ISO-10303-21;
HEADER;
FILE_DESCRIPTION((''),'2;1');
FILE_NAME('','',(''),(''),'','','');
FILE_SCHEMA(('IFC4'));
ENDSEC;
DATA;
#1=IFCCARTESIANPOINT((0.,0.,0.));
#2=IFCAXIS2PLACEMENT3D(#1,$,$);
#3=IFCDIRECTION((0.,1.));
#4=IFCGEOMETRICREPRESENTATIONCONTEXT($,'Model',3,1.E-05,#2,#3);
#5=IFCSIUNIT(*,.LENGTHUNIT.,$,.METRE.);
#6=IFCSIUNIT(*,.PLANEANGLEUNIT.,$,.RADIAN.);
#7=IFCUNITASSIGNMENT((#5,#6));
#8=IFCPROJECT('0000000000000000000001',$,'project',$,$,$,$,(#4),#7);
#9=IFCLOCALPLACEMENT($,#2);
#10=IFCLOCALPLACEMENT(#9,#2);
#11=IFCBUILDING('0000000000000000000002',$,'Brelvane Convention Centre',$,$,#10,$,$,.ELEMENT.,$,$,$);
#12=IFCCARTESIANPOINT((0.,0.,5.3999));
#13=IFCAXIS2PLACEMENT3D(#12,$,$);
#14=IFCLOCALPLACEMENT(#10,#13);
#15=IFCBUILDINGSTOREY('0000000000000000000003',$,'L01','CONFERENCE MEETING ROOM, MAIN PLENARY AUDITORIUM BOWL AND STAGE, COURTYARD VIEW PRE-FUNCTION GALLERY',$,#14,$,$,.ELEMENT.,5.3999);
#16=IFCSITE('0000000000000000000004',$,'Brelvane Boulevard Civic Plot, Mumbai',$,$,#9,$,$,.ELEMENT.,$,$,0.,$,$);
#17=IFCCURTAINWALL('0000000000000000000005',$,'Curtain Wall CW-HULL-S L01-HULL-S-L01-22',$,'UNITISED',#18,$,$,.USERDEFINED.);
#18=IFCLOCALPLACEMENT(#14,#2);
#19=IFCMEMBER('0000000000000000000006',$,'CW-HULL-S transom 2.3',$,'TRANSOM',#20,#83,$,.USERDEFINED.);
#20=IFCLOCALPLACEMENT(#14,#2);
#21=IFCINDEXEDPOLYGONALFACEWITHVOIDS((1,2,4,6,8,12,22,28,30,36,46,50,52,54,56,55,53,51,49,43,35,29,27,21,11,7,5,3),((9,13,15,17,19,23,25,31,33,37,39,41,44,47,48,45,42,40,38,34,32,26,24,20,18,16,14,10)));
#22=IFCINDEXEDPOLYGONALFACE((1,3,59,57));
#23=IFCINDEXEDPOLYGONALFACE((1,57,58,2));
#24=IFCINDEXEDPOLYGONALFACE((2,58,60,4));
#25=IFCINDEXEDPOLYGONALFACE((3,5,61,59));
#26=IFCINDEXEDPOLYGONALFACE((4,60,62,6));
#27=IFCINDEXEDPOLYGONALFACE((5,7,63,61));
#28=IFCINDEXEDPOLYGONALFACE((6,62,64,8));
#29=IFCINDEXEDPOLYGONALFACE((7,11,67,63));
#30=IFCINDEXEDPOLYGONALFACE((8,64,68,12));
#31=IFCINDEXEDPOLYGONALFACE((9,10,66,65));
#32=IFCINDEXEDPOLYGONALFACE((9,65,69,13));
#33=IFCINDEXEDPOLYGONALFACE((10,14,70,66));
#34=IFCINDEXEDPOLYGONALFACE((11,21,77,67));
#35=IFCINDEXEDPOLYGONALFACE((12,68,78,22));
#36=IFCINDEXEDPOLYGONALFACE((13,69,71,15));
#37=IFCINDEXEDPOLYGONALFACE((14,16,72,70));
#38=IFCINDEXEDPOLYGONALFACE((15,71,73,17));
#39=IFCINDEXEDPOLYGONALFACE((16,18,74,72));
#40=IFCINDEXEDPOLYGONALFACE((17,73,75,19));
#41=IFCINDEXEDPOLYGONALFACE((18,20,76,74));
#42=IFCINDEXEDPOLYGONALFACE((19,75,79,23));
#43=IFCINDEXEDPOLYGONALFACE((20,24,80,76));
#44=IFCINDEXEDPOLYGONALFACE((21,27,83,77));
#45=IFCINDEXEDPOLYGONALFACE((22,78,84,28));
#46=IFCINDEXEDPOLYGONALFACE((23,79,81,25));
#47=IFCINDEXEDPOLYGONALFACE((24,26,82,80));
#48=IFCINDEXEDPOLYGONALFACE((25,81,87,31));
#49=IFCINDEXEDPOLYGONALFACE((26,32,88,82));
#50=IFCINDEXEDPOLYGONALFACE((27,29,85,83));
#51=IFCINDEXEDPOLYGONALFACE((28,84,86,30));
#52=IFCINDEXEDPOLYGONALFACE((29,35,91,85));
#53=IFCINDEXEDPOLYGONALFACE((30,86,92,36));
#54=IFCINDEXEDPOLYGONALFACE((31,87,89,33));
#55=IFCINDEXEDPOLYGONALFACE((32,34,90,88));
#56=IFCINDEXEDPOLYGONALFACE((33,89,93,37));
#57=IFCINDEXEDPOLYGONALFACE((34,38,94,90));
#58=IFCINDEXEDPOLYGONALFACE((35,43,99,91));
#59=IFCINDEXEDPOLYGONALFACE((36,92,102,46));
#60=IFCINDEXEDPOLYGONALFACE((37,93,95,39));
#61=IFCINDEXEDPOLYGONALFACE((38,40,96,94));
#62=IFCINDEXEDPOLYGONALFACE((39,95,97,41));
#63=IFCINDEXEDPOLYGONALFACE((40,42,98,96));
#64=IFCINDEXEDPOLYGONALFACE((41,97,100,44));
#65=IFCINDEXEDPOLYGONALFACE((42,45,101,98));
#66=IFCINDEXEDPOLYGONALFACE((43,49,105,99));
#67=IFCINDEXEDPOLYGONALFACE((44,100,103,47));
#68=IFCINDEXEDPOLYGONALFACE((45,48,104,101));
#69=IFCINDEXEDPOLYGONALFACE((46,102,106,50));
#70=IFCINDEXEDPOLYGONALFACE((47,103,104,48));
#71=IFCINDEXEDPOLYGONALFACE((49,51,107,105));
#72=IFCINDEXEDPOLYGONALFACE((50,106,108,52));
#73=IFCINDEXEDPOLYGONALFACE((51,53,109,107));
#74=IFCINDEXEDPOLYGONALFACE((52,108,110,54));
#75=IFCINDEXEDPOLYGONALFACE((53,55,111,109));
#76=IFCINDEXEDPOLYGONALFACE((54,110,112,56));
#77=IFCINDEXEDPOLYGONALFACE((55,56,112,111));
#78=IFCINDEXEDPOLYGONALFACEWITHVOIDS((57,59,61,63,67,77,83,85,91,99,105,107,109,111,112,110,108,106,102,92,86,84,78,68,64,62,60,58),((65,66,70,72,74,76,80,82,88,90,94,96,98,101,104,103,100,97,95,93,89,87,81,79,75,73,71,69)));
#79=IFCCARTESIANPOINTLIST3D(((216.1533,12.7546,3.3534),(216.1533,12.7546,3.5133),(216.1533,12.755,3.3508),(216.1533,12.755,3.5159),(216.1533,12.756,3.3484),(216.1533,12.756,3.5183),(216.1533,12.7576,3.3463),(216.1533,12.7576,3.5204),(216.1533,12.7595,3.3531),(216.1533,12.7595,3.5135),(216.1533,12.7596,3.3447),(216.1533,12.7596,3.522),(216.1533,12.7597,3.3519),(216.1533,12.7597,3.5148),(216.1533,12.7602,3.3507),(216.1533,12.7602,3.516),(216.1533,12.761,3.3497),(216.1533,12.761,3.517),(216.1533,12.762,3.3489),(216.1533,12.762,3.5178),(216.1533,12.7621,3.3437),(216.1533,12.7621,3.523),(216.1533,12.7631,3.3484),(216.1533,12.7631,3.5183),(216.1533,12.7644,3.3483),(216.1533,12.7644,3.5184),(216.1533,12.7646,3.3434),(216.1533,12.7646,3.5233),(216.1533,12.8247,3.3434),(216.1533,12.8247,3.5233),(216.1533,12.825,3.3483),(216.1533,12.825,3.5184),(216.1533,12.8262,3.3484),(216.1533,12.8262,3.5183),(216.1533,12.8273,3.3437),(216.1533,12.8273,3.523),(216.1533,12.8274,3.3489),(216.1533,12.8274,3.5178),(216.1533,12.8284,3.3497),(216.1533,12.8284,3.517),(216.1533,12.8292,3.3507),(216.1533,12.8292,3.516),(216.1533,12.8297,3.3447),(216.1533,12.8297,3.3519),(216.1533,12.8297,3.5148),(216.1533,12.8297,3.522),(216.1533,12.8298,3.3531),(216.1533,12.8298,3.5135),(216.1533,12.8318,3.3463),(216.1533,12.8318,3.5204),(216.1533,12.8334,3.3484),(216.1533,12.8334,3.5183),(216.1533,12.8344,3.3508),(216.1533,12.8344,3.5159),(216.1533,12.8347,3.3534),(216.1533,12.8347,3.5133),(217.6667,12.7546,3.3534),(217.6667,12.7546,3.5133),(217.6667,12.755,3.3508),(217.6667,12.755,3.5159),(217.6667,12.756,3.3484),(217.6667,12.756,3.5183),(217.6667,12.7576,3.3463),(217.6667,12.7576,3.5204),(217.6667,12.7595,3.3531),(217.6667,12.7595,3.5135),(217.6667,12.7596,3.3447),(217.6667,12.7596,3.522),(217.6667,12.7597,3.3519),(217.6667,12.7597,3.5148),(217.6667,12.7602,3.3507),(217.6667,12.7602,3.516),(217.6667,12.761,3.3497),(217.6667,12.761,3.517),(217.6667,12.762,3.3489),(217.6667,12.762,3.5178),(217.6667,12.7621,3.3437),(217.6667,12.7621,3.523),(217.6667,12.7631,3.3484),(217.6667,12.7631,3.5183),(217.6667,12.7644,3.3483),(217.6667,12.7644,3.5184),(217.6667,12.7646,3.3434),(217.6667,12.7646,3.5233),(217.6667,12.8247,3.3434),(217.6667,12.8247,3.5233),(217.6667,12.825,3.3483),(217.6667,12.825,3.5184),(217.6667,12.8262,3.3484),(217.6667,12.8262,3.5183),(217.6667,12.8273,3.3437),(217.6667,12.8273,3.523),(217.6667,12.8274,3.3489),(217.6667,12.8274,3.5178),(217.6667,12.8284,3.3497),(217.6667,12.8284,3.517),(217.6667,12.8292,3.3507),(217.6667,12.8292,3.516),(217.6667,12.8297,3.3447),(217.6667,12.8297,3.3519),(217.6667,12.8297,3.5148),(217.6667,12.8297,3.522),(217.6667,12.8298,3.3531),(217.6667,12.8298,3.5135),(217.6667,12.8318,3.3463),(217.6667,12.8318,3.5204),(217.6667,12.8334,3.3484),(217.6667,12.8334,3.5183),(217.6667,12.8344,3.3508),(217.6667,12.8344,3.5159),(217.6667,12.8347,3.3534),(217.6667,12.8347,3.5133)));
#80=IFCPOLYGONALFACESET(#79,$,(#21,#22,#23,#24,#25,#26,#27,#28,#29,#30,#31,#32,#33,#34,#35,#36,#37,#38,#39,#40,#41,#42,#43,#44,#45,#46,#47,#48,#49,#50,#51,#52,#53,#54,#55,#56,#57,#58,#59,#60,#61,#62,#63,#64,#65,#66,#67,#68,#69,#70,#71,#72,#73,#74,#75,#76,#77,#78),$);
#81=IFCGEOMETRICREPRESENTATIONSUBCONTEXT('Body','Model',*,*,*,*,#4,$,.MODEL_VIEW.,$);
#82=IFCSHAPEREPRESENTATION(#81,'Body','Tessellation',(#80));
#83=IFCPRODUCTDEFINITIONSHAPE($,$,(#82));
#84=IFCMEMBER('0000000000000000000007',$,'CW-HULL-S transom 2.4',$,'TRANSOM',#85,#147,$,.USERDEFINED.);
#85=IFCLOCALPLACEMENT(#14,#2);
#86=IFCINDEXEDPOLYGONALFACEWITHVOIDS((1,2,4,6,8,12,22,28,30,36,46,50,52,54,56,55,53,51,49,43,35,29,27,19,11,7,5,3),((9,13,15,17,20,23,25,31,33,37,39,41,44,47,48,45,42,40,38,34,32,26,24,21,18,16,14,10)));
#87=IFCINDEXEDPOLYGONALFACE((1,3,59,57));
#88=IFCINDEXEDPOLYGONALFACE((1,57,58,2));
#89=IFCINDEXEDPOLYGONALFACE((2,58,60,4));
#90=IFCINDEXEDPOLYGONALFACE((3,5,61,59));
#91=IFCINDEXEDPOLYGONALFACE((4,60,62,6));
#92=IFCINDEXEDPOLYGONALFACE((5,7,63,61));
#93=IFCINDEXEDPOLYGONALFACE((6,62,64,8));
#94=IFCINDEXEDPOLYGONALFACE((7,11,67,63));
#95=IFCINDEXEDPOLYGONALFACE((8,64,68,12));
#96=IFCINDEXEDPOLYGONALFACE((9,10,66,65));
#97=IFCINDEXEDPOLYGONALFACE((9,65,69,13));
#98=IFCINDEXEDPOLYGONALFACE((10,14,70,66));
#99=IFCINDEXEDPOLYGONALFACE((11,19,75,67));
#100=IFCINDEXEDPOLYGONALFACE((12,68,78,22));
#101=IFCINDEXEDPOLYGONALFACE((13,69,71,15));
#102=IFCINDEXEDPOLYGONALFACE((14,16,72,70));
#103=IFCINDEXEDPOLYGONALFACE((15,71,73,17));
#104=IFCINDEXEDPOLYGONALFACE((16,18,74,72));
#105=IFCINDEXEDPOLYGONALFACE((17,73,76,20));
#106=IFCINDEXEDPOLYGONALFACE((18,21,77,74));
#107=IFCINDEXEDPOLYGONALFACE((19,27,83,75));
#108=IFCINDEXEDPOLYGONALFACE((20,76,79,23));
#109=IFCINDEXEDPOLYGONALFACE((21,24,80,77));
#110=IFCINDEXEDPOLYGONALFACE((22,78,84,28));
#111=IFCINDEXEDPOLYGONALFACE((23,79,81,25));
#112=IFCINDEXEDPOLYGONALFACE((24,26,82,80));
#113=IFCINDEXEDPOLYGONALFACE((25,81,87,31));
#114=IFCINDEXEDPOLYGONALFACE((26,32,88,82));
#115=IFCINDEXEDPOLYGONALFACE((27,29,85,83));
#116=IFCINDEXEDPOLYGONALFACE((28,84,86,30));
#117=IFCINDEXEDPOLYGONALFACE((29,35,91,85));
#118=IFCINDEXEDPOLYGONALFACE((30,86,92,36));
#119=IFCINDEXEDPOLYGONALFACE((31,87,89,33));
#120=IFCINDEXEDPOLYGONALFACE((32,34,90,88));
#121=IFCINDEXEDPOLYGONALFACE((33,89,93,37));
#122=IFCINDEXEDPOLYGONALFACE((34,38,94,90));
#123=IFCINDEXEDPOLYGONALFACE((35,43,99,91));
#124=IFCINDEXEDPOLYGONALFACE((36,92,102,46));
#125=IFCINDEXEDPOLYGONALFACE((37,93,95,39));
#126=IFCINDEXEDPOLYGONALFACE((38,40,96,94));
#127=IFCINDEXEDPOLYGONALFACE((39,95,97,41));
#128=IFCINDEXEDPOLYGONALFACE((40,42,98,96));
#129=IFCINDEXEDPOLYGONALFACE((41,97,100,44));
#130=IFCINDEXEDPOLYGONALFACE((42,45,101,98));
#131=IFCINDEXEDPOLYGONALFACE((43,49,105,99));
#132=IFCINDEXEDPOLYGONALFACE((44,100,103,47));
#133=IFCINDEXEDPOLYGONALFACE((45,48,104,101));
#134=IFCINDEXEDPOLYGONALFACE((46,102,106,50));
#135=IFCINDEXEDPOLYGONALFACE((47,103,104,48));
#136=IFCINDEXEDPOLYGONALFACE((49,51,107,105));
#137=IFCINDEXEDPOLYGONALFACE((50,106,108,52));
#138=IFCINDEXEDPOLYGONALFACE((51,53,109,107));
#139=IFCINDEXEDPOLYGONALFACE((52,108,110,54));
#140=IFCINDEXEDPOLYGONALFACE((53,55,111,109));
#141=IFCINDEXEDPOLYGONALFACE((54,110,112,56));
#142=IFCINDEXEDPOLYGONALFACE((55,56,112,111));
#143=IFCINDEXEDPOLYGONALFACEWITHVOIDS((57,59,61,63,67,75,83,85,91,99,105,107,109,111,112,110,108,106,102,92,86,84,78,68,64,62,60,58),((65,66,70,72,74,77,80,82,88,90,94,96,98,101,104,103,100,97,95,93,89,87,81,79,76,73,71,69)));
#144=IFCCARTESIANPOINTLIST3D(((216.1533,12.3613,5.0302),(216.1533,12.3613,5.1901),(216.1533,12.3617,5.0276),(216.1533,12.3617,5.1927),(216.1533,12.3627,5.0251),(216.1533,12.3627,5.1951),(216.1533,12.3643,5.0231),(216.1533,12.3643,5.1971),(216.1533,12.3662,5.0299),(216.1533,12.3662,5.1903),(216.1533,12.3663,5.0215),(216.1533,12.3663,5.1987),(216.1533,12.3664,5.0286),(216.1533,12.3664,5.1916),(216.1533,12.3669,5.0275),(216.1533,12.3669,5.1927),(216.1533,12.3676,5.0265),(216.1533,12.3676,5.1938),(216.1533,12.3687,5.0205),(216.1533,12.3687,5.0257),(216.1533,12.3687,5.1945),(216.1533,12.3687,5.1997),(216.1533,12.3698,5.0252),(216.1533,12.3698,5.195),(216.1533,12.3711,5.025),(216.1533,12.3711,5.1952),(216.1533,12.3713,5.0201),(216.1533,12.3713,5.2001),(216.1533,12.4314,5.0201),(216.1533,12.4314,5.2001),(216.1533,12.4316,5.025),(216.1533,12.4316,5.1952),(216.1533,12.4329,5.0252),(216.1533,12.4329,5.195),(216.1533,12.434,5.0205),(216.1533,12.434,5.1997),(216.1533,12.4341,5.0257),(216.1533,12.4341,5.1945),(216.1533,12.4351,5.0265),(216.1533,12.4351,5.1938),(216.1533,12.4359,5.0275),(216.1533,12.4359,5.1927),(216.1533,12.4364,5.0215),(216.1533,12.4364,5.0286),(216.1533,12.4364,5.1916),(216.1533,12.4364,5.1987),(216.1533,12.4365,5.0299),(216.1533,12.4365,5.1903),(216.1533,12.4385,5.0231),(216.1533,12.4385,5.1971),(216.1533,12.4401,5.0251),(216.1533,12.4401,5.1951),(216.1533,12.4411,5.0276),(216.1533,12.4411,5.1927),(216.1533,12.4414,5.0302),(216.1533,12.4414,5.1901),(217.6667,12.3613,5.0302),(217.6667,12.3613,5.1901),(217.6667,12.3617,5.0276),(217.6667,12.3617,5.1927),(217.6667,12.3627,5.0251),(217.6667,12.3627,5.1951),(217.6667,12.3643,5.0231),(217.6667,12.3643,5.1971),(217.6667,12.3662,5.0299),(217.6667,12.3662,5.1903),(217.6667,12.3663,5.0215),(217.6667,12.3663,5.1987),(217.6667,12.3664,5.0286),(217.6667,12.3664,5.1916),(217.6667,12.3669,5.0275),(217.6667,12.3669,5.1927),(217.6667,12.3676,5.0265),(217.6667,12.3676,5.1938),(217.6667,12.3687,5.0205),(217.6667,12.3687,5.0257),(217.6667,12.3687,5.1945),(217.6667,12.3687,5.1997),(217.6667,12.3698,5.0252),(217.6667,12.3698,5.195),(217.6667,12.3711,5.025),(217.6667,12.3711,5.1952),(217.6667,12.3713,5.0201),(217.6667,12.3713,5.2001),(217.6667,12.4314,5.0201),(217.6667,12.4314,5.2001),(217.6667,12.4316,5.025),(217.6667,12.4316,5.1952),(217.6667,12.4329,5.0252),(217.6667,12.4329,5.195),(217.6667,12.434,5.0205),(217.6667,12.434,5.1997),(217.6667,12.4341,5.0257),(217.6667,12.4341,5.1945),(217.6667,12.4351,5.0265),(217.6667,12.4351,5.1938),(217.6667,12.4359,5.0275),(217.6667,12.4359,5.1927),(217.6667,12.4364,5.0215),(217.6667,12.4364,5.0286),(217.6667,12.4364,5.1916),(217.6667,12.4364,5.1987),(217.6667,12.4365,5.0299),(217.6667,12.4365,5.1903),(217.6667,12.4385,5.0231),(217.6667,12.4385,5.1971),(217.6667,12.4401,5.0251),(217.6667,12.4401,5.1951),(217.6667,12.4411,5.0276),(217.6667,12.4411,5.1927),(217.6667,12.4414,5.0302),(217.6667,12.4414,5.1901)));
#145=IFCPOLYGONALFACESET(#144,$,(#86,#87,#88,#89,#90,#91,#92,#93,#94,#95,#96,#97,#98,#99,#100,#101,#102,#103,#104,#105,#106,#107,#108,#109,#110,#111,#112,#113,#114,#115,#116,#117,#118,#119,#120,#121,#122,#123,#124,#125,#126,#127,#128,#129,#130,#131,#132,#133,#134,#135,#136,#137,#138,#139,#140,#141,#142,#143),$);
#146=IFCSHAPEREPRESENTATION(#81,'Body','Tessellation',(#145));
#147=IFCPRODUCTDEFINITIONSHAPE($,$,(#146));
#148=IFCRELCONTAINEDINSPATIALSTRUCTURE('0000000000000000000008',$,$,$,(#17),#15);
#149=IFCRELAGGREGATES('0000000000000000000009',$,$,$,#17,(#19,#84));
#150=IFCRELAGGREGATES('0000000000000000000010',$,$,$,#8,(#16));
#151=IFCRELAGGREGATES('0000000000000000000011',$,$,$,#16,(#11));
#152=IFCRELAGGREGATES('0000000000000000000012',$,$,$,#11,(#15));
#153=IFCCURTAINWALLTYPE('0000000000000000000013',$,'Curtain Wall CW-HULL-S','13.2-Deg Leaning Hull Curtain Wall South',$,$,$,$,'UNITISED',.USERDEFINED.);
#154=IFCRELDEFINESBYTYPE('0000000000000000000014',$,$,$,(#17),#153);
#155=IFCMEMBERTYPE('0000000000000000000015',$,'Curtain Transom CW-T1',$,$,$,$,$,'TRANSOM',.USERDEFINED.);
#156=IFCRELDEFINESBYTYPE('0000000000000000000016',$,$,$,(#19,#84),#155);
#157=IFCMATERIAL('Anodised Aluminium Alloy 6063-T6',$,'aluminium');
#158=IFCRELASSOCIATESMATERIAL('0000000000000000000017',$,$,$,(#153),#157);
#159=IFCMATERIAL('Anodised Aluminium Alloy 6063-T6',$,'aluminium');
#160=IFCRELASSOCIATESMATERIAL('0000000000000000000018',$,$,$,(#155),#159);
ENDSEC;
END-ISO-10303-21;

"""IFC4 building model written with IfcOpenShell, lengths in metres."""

from ifc_helpers import new_model, si_unit, direction, frame, origin, origin_2d, place, context, subcontext, project, spatial, hollow_rectangle, extrude, material, material_profile, profile_set, type_object, element, aggregate, save


model = new_model("IFC4")

# Units and contexts
model_context = context("Model", 3, precision=1e-05, world=origin(), true_north=direction((0.0, 1.0)))
body_context = subcontext(model_context, "Body", "Model", "MODEL_VIEW")
ifc_project = project(units=[si_unit("LENGTHUNIT", "METRE"), si_unit("PLANEANGLEUNIT", "RADIAN")], contexts=[model_context])

# Site, building, storey
site_placement = place(None, origin())
site = spatial("IfcSite", under=ifc_project, at=site_placement, Name="Brelvane Boulevard Civic Plot, Mumbai", CompositionType="ELEMENT", RefElevation=0.0)
building_placement = place(site_placement, origin())
building = spatial("IfcBuilding", under=site, at=building_placement, Name="Brelvane Convention Centre", CompositionType="ELEMENT")
storey_placement = place(building_placement, frame((0.0, 0.0, 5.3999)))
storey = spatial("IfcBuildingStorey", under=building, at=storey_placement, Name="L01", Description="CONFERENCE MEETING ROOM, MAIN PLENARY AUDITORIUM BOWL AND STAGE, COURTYARD VIEW PRE-FUNCTION GALLERY", CompositionType="ELEMENT", Elevation=5.3999)

# Curtain wall, members
ifc_material_1 = material(Name="Anodised Aluminium Alloy 6063-T6", Category="aluminium")
curtain_wall_type = type_object("IfcCurtainWallType", Name="Curtain Wall CW-HULL-S", Description="13.2-Deg Leaning Hull Curtain Wall South", ElementType="UNITISED", PredefinedType="USERDEFINED", material=ifc_material_1)
curtain_wall_placement = place(storey_placement, origin())
curtain_wall = element("IfcCurtainWall", 1, at=curtain_wall_placement, inside=storey, type_object=curtain_wall_type, Name="Curtain Wall CW-HULL-S L01-HULL-S-L01-22", ObjectType="UNITISED", PredefinedType="USERDEFINED")
ifc_material_2 = material(Name="Anodised Aluminium Alloy 6063-T6", Category="aluminium")
ifc_material_profile_1 = material_profile(ifc_material_2, hollow_rectangle(XDim=0.0801, YDim=0.1799, WallThickness=0.0049, InnerFilletRadius=0.0049, OuterFilletRadius=0.01, at=origin_2d()), Name="ALU-T 180x80x5.0")
ifc_profile_set_1 = profile_set([ifc_material_profile_1], Name="Anodised Aluminium Alloy 6063-T6")
member_type_1 = type_object("IfcMemberType", Name="Curtain Transom CW-T1", ElementType="TRANSOM", PredefinedType="USERDEFINED", material=ifc_profile_set_1)
member_1_placement = place(storey_placement, frame((216.1533, 12.7947, 3.4333), z_axis=(1.0, 0.0, 0.0), x_axis=(0.0, 1.0, 0.0)))
member_1 = element("IfcMember", 2, at=member_1_placement, type_object=member_type_1, Name="CW-HULL-S transom 2.3", ObjectType="TRANSOM", PredefinedType="USERDEFINED", context=body_context, shape_type="SweptSolid", body=[
    extrude(hollow_rectangle(XDim=0.0801, YDim=0.1799, WallThickness=0.0049, InnerFilletRadius=0.0049, OuterFilletRadius=0.01, at=origin_2d()), origin(), (0.0, 0.0, 1.0), 1.5134),
])
member_2_placement = place(storey_placement, frame((216.1533, 12.4014, 5.1101), z_axis=(1.0, 0.0, 0.0), x_axis=(0.0, 1.0, 0.0)))
member_2 = element("IfcMember", 3, at=member_2_placement, type_object=member_type_1, Name="CW-HULL-S transom 2.4", ObjectType="TRANSOM", PredefinedType="USERDEFINED", context=body_context, shape_type="SweptSolid", body=[
    extrude(hollow_rectangle(XDim=0.0801, YDim=0.1799, WallThickness=0.0049, InnerFilletRadius=0.0049, OuterFilletRadius=0.01, at=origin_2d()), origin(), (0.0, 0.0, 1.0), 1.5134),
])
aggregate(curtain_wall, [member_1, member_2])

save(model, "model.ifc")
